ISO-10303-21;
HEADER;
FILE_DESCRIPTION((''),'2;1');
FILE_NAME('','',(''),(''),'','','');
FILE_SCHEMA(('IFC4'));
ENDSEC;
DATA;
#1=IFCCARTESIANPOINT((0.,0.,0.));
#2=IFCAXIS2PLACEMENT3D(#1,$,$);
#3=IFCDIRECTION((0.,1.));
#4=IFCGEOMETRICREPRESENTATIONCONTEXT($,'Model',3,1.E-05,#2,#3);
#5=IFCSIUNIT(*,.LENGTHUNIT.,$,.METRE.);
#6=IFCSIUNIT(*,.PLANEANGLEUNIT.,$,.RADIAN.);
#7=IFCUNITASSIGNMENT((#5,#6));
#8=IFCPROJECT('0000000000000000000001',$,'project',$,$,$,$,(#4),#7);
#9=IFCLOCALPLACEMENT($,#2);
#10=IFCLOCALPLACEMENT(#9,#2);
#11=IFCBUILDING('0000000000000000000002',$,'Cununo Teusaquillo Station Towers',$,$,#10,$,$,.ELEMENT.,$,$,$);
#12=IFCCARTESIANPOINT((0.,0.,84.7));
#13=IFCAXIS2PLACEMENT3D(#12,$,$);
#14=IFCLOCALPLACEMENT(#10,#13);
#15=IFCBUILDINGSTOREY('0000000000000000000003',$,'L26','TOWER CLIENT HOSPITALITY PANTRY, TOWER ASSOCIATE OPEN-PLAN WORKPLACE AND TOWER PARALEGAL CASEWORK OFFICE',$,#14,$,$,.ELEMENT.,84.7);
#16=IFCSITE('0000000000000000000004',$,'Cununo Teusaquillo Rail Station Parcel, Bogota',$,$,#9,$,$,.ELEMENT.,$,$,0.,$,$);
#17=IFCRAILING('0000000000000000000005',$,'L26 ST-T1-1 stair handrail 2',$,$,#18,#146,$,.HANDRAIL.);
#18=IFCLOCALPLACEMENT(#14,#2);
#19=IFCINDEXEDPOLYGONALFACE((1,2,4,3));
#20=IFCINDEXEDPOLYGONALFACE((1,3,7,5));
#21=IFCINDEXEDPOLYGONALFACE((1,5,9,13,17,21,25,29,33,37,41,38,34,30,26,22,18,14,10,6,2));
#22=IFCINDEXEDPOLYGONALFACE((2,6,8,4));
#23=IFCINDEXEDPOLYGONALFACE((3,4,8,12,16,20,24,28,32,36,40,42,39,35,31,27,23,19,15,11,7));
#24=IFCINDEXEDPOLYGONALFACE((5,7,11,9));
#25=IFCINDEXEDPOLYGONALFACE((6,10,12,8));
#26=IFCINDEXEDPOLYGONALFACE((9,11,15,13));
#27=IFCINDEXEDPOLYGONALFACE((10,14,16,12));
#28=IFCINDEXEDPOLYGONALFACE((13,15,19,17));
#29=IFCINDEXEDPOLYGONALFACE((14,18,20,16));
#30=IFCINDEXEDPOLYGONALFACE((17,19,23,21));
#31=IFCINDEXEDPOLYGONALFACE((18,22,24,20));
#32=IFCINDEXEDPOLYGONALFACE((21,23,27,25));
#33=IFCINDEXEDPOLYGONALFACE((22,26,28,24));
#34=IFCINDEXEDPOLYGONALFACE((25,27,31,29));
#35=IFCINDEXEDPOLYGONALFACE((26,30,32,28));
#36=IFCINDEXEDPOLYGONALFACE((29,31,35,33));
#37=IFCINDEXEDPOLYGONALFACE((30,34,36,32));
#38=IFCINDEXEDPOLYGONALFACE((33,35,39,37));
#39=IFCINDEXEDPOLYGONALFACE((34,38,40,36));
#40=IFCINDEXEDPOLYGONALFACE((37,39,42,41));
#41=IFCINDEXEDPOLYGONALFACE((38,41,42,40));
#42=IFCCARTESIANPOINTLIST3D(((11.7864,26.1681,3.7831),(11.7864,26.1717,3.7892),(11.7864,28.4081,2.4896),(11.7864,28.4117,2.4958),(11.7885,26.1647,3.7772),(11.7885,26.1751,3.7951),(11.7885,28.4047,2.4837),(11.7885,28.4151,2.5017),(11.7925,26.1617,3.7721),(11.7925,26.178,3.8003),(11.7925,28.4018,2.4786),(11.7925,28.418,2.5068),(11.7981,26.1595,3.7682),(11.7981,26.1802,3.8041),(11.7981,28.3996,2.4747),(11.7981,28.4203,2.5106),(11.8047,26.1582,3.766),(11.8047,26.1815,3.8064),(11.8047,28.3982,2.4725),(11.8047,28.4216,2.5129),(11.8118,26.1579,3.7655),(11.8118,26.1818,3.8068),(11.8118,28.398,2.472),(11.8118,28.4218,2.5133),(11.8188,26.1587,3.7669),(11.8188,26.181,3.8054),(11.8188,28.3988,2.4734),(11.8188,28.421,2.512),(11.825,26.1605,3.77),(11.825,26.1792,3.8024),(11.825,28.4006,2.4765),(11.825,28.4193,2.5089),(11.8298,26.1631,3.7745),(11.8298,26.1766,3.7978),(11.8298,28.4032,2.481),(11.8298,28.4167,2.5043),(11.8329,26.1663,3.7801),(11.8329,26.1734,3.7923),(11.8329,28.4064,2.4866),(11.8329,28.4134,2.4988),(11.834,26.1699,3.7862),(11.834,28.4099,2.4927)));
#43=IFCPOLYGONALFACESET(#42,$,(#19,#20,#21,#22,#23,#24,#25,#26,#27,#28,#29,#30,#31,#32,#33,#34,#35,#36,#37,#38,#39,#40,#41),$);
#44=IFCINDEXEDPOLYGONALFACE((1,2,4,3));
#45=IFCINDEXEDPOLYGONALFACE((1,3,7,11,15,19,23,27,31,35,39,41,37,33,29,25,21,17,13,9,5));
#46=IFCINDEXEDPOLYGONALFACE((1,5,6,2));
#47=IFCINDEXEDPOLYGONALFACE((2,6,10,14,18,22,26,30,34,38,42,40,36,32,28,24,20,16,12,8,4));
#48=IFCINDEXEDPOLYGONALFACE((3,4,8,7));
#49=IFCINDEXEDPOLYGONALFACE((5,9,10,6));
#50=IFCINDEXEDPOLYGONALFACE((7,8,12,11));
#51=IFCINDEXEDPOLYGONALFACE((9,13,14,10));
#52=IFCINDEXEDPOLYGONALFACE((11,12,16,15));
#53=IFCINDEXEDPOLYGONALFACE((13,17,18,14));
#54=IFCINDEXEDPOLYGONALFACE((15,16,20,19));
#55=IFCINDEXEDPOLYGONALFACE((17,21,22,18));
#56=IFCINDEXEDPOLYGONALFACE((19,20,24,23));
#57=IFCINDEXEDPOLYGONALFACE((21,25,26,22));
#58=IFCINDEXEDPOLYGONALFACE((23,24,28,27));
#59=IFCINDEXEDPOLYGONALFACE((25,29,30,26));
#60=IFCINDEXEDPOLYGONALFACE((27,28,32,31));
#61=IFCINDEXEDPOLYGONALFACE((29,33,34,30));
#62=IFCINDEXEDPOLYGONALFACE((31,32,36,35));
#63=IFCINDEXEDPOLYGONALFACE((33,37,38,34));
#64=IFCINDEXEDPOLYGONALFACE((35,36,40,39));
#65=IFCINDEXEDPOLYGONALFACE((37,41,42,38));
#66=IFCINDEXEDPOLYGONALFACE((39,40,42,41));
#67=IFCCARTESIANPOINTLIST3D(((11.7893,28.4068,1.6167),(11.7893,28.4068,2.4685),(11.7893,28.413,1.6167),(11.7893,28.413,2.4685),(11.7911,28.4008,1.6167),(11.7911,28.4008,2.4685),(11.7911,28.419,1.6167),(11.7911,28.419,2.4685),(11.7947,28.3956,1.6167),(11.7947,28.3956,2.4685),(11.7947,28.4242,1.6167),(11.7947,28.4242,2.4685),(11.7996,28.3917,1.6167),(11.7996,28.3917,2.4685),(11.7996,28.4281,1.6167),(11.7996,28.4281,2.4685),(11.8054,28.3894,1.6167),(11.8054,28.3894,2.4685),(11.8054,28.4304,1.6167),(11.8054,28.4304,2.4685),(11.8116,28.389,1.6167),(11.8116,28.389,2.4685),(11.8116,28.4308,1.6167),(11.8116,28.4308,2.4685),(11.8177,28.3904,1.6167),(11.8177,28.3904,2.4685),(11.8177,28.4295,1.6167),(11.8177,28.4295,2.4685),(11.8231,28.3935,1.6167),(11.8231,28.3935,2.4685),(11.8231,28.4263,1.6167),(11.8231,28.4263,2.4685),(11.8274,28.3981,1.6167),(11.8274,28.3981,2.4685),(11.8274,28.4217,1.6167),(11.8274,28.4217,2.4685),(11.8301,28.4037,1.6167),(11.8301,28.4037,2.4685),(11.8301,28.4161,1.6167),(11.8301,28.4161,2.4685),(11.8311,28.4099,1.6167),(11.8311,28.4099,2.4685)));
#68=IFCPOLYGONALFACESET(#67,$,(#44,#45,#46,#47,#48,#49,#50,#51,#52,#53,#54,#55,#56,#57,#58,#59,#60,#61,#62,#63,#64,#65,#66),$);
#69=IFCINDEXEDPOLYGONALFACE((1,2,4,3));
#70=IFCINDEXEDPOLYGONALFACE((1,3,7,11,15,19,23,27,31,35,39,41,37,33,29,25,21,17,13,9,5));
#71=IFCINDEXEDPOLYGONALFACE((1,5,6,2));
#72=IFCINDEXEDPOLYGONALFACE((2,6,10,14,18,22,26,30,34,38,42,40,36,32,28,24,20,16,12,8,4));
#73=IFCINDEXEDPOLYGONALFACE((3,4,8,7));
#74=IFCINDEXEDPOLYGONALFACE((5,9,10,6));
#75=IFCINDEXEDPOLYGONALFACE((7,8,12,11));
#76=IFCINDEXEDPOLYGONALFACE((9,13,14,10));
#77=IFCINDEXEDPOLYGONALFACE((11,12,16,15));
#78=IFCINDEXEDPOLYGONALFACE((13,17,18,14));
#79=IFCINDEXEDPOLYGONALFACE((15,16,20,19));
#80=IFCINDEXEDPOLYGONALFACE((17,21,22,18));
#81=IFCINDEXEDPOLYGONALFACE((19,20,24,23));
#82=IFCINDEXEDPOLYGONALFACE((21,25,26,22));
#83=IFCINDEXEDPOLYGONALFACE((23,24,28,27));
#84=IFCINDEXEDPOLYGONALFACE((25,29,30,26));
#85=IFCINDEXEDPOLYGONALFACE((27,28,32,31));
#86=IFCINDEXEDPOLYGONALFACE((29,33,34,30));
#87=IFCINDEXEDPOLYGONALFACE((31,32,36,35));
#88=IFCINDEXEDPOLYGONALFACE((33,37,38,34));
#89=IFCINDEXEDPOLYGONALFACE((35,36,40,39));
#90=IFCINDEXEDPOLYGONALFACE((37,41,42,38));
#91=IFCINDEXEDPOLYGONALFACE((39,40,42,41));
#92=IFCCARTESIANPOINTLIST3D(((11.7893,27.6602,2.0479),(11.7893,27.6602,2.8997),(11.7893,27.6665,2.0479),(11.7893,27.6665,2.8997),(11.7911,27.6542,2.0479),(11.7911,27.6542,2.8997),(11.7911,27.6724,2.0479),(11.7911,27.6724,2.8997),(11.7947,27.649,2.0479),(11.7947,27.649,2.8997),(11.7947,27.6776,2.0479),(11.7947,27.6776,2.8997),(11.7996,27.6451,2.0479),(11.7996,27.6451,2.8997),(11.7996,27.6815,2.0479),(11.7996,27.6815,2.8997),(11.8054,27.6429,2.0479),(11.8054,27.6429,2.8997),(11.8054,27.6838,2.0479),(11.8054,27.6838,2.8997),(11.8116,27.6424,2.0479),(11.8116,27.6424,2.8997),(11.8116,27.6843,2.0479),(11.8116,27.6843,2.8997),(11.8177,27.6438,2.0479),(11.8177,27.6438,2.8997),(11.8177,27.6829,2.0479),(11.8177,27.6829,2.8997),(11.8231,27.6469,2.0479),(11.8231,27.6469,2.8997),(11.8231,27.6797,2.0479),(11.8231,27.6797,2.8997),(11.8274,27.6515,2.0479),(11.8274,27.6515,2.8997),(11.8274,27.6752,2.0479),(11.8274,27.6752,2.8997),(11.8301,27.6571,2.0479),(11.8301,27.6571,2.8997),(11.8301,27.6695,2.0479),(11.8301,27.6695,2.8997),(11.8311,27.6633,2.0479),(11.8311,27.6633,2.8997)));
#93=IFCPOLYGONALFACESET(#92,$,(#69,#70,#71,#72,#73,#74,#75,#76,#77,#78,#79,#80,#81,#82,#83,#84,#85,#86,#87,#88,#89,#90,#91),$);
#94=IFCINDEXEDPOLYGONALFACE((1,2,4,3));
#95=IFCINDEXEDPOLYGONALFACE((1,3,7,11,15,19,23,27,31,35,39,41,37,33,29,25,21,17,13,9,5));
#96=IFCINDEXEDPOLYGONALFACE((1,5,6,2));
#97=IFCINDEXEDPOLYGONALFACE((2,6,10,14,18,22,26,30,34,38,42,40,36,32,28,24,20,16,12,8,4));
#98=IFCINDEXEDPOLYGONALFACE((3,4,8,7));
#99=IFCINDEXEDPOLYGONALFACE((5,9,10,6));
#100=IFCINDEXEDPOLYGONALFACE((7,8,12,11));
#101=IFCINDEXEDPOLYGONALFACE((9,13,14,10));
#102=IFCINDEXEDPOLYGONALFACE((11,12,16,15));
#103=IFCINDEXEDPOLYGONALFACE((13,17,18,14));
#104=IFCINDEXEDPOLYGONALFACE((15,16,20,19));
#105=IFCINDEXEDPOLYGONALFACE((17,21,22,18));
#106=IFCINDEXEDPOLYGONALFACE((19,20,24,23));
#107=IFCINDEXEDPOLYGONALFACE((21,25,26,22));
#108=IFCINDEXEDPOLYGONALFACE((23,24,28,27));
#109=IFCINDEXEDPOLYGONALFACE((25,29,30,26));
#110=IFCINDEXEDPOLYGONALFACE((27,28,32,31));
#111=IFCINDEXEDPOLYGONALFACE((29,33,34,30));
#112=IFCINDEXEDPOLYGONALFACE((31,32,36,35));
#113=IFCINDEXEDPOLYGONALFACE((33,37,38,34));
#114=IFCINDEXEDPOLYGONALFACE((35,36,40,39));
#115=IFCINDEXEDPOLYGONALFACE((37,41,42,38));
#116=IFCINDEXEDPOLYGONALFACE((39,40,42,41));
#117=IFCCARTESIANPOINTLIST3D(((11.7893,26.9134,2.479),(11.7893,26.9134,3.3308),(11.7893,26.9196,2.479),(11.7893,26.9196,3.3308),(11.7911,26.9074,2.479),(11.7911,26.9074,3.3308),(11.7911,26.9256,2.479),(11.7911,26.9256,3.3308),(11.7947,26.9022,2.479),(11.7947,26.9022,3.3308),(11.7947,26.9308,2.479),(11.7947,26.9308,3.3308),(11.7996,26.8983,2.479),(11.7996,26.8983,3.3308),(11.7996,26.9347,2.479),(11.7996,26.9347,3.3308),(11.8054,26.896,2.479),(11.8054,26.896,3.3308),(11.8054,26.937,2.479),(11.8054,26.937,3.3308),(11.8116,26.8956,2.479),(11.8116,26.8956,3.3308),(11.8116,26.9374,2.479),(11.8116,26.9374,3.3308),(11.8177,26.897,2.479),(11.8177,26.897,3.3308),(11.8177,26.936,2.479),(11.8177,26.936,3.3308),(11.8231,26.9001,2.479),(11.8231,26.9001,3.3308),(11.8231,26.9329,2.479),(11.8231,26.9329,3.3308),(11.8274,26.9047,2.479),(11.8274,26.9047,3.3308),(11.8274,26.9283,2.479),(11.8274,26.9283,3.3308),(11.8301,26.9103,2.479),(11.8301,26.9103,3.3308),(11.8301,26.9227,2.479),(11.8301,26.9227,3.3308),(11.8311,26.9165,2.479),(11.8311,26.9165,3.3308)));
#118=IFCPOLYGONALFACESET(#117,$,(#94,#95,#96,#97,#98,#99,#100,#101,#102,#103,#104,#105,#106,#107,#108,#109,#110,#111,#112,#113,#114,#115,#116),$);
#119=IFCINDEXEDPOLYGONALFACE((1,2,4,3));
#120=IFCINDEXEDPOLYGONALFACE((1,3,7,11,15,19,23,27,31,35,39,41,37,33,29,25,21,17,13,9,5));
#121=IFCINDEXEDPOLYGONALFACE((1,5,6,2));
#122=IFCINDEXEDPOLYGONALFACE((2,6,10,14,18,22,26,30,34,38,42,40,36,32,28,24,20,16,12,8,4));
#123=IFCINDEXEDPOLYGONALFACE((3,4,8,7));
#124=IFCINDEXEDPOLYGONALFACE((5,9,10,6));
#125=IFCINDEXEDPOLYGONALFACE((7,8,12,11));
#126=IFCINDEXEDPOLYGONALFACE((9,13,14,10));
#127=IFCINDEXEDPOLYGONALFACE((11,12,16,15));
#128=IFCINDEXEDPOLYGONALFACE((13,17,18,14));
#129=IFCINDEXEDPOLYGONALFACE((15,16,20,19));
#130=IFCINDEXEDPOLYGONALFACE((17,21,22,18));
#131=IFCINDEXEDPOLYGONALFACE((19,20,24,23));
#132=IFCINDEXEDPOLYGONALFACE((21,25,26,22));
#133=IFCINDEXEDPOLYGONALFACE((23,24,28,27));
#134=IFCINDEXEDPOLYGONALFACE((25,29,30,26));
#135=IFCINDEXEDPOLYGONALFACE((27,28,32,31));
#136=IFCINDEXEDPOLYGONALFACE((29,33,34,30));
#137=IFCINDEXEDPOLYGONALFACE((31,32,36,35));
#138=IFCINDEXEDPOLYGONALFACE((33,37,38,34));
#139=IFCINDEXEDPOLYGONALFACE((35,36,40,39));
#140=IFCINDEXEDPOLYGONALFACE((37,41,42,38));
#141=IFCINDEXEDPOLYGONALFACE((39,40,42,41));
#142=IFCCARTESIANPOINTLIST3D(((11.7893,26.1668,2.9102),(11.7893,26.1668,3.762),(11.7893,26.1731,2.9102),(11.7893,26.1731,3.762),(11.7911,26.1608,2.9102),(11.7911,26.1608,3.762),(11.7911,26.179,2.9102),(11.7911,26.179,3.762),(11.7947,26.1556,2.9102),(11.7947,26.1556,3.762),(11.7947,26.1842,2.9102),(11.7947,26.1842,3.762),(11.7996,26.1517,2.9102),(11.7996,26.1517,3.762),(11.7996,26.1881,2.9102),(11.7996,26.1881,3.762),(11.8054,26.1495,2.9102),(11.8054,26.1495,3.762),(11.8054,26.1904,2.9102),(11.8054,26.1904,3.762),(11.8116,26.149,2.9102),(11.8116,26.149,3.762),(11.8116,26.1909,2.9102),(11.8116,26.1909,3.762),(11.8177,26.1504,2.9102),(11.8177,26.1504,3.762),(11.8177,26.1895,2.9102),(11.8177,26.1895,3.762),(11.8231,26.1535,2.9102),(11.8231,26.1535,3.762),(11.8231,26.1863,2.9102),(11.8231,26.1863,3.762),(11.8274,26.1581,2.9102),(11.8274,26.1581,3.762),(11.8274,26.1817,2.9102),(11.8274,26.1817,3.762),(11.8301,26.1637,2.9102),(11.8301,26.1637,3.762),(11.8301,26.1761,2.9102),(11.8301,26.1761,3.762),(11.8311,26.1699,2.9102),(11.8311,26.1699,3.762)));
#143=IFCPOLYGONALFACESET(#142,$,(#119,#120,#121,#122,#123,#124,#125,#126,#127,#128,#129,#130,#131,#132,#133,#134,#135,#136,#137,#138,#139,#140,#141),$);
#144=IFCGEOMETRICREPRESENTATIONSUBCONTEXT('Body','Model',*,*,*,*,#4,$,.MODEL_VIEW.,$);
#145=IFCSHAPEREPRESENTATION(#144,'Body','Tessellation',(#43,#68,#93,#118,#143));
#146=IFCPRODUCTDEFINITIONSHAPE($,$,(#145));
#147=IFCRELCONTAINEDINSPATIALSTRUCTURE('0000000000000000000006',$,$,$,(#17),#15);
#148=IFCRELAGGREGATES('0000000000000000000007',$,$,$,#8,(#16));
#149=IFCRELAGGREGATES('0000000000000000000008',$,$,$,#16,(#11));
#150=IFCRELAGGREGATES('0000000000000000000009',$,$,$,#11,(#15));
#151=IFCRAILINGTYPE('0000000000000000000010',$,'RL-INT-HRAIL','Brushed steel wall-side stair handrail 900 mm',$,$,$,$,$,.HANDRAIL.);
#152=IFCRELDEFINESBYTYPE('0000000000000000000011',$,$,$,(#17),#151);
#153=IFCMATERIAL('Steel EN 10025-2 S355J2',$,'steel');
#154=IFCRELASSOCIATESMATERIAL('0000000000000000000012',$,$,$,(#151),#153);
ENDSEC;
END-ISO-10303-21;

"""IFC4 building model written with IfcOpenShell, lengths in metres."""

from ifc_helpers import new_model, si_unit, direction, frame, origin, origin_2d, place, context, subcontext, project, spatial, circle, extrude, material, type_object, element, save


model = new_model("IFC4")

# Units and contexts
model_context = context("Model", 3, precision=1e-05, world=origin(), true_north=direction((0.0, 1.0)))
body_context = subcontext(model_context, "Body", "Model", "MODEL_VIEW")
ifc_project = project(units=[si_unit("LENGTHUNIT", "METRE"), si_unit("PLANEANGLEUNIT", "RADIAN")], contexts=[model_context])

# Site, building, storey
site_placement = place(None, origin())
site = spatial("IfcSite", under=ifc_project, at=site_placement, Name="Cununo Teusaquillo Rail Station Parcel, Bogota", CompositionType="ELEMENT", RefElevation=0.0)
building_placement = place(site_placement, origin())
building = spatial("IfcBuilding", under=site, at=building_placement, Name="Cununo Teusaquillo Station Towers", CompositionType="ELEMENT")
storey_placement = place(building_placement, frame((0.0, 0.0, 84.7)))
storey = spatial("IfcBuildingStorey", under=building, at=storey_placement, Name="L26", Description="TOWER CLIENT HOSPITALITY PANTRY, TOWER ASSOCIATE OPEN-PLAN WORKPLACE AND TOWER PARALEGAL CASEWORK OFFICE", CompositionType="ELEMENT", Elevation=84.7)

# Railing
ifc_material_1 = material(Name="Steel EN 10025-2 S355J2", Category="steel")
railing_type_1 = type_object("IfcRailingType", Name="RL-INT-HRAIL", Description="Brushed steel wall-side stair handrail 900 mm", PredefinedType="HANDRAIL", material=ifc_material_1)
railing_1_placement = place(storey_placement, frame((11.8101, 28.4099, 1.6167)))
element("IfcRailing", 1, at=railing_1_placement, inside=storey, type_object=railing_type_1, Name="L26 ST-T1-1 stair handrail 2", PredefinedType="HANDRAIL", context=body_context, shape_type="SweptSolid", body=[
    extrude(circle(Radius=0.0239, at=origin_2d()), frame((0.0, 0.0, 0.876), z_axis=(0.0, -0.865992, 0.500057), x_axis=(1.0, 0.0, 0.0)), (0.0, 0.0, 1.0), 2.5867),
    extrude(circle(Radius=0.021, at=origin_2d()), origin(), (0.0, 0.0, 1.0), 0.8518),
    extrude(circle(Radius=0.021, at=origin_2d()), frame((0.0, -0.7466, 0.4312)), (0.0, 0.0, 1.0), 0.8518),
    extrude(circle(Radius=0.021, at=origin_2d()), frame((0.0, -1.4934, 0.8623)), (0.0, 0.0, 1.0), 0.8518),
    extrude(circle(Radius=0.021, at=origin_2d()), frame((0.0, -2.24, 1.2935)), (0.0, 0.0, 1.0), 0.8518),
])

save(model, "model.ifc")
